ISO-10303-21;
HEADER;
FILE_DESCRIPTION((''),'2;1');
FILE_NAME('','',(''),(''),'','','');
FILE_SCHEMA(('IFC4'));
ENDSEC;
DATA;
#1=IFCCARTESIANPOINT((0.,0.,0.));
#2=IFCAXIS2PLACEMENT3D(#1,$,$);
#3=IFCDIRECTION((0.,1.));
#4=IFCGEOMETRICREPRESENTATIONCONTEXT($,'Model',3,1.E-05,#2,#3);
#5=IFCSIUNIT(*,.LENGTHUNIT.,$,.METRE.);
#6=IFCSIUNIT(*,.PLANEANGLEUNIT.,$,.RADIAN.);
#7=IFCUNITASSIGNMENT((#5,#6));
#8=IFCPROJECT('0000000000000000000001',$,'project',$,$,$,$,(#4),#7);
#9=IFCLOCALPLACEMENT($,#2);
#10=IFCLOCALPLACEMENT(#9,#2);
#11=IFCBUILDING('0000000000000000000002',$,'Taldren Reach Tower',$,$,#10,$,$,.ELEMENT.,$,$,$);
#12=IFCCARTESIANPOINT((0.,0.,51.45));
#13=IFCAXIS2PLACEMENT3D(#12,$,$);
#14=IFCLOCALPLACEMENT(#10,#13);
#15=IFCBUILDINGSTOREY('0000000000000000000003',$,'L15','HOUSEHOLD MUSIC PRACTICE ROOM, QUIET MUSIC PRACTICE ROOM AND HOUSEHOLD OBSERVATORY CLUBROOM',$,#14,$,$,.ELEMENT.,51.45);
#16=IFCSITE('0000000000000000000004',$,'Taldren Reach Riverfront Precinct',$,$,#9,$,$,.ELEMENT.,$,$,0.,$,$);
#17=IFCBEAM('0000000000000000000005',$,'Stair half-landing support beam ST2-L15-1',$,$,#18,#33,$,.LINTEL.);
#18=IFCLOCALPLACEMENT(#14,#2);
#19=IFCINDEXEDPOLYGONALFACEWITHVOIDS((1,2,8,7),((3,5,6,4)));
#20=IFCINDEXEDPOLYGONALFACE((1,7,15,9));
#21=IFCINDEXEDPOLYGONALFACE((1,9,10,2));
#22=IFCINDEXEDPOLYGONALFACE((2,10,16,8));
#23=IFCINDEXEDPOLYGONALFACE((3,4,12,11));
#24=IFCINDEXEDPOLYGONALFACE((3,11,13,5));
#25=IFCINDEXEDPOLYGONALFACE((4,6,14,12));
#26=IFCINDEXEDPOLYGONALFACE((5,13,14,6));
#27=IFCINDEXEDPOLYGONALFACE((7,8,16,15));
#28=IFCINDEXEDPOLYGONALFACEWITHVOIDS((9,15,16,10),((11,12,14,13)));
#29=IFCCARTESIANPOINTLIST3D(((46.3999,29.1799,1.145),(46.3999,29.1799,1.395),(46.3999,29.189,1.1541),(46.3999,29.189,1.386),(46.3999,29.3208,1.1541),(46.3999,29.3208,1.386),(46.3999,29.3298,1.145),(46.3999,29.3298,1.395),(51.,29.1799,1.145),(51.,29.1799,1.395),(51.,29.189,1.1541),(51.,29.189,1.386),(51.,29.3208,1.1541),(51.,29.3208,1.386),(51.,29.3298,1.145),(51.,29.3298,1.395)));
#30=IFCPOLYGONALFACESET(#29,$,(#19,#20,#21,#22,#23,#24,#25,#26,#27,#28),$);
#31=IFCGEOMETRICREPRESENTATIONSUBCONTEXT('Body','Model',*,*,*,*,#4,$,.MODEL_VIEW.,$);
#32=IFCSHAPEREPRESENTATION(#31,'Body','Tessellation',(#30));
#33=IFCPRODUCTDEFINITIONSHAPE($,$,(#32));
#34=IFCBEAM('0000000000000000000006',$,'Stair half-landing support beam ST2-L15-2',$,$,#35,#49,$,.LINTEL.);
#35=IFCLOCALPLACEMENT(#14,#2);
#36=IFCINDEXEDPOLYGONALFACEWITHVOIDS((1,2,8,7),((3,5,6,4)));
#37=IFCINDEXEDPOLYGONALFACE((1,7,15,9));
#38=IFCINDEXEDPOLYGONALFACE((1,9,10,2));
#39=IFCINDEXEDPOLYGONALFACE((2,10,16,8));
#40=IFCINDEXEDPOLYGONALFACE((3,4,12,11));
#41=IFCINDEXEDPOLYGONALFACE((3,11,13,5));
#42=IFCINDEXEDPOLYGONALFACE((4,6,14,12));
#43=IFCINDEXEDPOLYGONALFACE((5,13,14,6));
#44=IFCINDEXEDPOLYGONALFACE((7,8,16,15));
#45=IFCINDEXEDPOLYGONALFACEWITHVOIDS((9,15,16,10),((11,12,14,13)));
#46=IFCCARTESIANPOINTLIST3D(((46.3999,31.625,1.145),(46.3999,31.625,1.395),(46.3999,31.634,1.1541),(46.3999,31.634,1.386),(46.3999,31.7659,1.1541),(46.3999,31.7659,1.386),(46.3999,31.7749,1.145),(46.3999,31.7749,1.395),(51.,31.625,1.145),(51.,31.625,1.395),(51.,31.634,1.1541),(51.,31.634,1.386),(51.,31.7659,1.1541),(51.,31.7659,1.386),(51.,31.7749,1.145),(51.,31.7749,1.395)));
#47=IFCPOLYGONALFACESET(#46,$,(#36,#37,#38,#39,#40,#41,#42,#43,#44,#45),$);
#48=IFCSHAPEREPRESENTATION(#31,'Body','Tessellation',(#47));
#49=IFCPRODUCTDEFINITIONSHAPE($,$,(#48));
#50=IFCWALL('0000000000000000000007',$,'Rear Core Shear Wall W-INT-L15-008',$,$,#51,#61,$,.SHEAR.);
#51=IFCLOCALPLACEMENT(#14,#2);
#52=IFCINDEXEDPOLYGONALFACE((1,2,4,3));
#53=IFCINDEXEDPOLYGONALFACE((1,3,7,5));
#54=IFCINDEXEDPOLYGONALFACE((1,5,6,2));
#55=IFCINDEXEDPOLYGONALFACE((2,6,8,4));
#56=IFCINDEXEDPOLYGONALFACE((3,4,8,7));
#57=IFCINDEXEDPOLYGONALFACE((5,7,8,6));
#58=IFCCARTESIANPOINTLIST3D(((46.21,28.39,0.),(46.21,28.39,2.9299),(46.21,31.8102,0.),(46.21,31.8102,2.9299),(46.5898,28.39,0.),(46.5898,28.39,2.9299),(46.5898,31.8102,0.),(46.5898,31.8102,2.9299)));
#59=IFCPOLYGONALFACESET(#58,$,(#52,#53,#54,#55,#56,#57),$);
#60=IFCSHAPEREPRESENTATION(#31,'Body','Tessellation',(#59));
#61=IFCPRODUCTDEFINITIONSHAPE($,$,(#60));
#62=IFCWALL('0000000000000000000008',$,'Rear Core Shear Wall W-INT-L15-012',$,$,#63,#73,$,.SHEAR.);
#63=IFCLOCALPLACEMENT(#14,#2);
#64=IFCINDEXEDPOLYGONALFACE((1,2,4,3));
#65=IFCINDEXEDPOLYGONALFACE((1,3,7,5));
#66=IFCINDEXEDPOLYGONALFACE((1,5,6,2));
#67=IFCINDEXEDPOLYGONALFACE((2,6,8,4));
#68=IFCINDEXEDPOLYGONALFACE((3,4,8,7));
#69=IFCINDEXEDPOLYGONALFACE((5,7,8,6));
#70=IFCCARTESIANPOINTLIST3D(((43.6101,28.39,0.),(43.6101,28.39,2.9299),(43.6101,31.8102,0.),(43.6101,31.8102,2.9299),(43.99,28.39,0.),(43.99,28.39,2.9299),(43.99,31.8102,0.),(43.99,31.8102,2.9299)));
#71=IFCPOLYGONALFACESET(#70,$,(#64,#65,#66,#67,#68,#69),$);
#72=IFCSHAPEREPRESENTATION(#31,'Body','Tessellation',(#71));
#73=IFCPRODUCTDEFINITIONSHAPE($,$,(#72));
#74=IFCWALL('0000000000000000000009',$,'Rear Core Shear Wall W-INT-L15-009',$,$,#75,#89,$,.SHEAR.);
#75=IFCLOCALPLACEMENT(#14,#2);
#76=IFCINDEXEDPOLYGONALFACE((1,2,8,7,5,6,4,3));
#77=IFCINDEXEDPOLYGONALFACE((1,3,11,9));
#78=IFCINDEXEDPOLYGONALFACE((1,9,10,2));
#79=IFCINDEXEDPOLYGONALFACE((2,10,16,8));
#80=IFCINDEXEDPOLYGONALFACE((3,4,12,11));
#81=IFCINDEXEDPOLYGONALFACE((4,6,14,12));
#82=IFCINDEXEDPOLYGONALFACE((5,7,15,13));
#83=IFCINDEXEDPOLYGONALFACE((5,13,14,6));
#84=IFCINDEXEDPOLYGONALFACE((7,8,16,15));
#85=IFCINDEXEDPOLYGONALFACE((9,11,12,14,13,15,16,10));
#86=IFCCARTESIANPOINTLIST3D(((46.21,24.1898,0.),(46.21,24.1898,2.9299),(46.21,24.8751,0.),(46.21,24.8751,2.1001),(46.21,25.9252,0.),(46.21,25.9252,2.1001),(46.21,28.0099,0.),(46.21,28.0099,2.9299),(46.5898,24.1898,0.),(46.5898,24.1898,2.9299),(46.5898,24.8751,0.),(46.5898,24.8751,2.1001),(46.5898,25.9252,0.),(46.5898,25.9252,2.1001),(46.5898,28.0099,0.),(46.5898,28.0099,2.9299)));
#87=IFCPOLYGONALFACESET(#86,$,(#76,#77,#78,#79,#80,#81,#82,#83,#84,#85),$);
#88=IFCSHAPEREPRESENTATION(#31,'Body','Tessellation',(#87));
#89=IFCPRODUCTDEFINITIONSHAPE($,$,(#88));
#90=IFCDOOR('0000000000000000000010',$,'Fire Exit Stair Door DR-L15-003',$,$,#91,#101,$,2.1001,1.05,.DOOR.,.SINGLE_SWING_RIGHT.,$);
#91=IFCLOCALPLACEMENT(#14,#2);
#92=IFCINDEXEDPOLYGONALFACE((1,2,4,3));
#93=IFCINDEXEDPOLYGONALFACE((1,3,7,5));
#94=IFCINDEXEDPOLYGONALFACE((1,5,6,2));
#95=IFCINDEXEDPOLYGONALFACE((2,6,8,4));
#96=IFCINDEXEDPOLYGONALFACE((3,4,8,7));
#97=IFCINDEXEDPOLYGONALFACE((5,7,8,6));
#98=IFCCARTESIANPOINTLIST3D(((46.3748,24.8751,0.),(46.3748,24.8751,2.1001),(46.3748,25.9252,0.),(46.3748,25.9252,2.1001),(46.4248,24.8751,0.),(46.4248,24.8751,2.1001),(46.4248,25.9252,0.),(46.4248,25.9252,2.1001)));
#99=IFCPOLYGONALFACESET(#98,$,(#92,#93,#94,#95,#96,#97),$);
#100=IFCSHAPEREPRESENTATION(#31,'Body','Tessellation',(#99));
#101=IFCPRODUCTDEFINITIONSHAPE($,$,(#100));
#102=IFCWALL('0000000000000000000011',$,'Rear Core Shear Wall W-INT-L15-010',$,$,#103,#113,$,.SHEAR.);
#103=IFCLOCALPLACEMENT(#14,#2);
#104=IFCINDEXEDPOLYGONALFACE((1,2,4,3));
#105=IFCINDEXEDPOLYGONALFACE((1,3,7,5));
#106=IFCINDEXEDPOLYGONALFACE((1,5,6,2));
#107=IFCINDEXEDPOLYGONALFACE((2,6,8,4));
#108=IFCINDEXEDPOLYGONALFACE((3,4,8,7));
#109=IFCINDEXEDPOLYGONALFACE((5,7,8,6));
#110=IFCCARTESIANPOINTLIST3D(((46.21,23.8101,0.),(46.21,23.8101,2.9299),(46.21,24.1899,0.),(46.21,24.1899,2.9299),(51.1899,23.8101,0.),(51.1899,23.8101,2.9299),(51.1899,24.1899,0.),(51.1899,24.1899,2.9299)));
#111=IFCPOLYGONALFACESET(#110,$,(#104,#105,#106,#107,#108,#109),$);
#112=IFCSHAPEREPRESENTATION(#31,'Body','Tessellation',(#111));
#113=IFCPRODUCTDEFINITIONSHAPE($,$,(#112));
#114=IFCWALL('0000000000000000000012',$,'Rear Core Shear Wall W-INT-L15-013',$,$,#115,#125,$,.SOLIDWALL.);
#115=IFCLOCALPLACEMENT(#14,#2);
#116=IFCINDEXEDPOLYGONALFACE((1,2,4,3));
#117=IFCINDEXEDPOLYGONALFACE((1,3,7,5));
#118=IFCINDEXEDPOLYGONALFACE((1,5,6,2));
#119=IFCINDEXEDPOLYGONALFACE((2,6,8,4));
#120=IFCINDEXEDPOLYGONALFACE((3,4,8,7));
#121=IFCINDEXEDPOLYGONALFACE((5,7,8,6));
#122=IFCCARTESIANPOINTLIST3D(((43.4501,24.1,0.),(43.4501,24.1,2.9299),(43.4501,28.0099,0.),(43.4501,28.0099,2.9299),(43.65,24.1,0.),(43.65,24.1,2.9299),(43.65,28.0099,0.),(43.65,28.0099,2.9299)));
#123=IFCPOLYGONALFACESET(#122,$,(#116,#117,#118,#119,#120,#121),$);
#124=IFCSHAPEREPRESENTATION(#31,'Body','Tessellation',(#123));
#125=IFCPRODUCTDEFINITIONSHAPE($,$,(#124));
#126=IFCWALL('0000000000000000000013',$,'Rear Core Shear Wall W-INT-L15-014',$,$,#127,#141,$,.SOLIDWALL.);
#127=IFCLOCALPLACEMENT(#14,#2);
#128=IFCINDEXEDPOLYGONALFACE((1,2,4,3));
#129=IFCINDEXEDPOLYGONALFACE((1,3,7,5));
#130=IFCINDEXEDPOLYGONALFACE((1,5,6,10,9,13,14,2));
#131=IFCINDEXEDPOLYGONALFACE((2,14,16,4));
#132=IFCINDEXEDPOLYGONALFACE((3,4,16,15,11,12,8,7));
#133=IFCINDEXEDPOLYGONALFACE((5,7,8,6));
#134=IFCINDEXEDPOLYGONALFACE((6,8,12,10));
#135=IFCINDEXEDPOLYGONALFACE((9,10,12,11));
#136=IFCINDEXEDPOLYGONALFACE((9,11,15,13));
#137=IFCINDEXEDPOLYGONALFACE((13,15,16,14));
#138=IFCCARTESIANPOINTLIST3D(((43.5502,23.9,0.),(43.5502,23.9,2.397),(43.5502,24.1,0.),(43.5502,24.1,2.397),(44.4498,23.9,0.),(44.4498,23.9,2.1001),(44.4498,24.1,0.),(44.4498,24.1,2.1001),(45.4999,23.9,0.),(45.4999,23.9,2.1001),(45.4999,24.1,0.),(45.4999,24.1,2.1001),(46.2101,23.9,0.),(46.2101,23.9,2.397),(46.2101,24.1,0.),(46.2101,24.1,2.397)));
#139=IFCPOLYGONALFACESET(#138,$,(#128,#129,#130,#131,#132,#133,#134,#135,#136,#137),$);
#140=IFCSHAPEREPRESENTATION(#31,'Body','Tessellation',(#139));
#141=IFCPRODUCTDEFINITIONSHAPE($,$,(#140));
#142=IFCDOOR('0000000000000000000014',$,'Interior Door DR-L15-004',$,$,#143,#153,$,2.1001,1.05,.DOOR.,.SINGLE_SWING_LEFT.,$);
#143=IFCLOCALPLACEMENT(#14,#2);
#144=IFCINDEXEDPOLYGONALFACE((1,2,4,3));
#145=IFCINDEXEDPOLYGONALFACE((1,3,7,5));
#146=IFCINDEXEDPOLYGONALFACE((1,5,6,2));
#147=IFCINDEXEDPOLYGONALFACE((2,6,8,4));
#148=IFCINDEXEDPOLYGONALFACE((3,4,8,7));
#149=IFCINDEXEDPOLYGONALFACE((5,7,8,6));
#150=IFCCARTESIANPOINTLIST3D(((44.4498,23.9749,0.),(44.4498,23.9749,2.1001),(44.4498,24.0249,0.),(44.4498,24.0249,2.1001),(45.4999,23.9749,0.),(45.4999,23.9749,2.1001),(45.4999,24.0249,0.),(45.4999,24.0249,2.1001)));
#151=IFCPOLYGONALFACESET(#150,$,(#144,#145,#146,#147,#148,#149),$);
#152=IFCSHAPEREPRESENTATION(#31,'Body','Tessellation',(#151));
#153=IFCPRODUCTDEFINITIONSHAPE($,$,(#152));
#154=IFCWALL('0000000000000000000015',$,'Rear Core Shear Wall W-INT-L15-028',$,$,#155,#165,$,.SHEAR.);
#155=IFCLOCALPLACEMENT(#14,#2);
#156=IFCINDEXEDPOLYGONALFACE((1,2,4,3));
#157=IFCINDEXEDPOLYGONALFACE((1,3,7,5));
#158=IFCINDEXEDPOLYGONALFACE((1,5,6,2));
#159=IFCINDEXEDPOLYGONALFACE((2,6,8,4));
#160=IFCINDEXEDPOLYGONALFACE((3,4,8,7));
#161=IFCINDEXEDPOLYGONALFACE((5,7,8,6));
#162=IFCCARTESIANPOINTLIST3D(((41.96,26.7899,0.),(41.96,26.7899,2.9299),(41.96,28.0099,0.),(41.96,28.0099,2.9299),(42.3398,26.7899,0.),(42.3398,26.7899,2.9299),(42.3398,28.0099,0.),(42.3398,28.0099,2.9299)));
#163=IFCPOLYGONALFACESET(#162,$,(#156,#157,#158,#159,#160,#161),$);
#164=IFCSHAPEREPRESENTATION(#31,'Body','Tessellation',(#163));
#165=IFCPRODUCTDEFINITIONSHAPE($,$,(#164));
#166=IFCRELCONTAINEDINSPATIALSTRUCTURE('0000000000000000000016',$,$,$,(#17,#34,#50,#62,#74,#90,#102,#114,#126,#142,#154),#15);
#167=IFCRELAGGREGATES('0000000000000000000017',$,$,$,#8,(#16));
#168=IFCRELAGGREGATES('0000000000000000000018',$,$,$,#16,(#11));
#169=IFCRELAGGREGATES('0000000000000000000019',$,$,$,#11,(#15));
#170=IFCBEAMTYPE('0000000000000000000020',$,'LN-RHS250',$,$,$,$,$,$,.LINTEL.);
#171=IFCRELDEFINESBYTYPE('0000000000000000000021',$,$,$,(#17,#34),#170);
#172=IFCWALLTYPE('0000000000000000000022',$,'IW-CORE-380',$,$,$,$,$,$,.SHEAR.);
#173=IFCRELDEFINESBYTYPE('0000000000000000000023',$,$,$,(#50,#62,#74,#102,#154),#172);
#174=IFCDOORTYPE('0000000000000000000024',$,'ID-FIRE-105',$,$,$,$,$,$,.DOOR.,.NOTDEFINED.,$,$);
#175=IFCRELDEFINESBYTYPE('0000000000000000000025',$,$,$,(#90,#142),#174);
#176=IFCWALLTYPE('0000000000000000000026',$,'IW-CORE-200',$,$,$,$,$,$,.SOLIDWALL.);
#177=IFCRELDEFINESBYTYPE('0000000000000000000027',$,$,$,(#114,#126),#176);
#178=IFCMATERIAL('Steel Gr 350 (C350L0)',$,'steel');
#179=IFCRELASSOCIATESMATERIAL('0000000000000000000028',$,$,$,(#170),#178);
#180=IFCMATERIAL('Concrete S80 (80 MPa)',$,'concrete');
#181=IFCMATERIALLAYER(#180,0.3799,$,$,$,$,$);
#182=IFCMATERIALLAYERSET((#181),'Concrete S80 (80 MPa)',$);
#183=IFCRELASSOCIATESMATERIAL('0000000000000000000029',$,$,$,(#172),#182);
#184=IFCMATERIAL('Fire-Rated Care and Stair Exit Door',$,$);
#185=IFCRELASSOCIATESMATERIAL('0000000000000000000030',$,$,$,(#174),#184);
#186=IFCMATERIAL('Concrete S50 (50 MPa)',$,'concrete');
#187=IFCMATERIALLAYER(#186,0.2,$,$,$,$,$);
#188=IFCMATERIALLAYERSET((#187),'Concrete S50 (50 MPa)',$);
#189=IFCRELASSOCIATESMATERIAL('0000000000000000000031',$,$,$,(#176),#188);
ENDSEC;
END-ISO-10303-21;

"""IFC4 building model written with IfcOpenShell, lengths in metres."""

from ifc_helpers import new_model, si_unit, direction, frame, frame_2d, origin, origin_2d, place, context, subcontext, project, spatial, rectangle, hollow_rectangle, extrude, source, transform, mapped, material, layer, layer_set, material_profile, profile_set, type_object, element, fill, save


model = new_model("IFC4")

# Units and contexts
model_context = context("Model", 3, precision=1e-05, world=origin(), true_north=direction((0.0, 1.0)))
body_context = subcontext(model_context, "Body", "Model", "MODEL_VIEW")
ifc_project = project(units=[si_unit("LENGTHUNIT", "METRE"), si_unit("PLANEANGLEUNIT", "RADIAN")], contexts=[model_context])

# Site, building, storey
site_placement = place(None, origin())
site = spatial("IfcSite", under=ifc_project, at=site_placement, Name="Taldren Reach Riverfront Precinct", CompositionType="ELEMENT", RefElevation=0.0)
building_placement = place(site_placement, origin())
building = spatial("IfcBuilding", under=site, at=building_placement, Name="Taldren Reach Tower", CompositionType="ELEMENT")
storey_placement = place(building_placement, frame((0.0, 0.0, 51.45)))
storey = spatial("IfcBuildingStorey", under=building, at=storey_placement, Name="L15", Description="HOUSEHOLD MUSIC PRACTICE ROOM, QUIET MUSIC PRACTICE ROOM AND HOUSEHOLD OBSERVATORY CLUBROOM", CompositionType="ELEMENT", Elevation=51.45)

# Beams
ifc_material_1 = material(Name="Steel Gr 350 (C350L0)", Category="steel")
ifc_material_profile = material_profile(ifc_material_1, hollow_rectangle(XDim=0.1499, YDim=0.25, WallThickness=0.009, at=origin_2d()), Name="250x150x9.0RHS")
ifc_profile_set = profile_set([ifc_material_profile], Name="Steel Gr 350 (C350L0)")
beam_type = type_object("IfcBeamType", Name="LN-RHS250", PredefinedType="LINTEL", material=ifc_profile_set)
shared_shape_1 = source(origin(), body_context, "Body", "SweptSolid", [
    extrude(hollow_rectangle(XDim=0.1499, YDim=0.25, WallThickness=0.009, at=origin_2d()), origin(), (0.0, 0.0, 1.0), 4.6001),
])
for number, where, z_axis, x_axis, name in (
    (1, (46.3999, 29.2549, 1.27), (1.0, 0.0, 0.0), (0.0, 1.0, 0.0), "Stair half-landing support beam ST2-L15-1"),
    (2, (46.3999, 31.7, 1.27), (1.0, 0.0, 0.0), (0.0, 1.0, 0.0), "Stair half-landing support beam ST2-L15-2"),
):
    element("IfcBeam", number, at=place(storey_placement, frame(where, z_axis=z_axis, x_axis=x_axis)), inside=storey, type_object=beam_type, Name=name, PredefinedType="LINTEL", context=body_context, shape_type="MappedRepresentation", body=[
        mapped(shared_shape_1, transform((0.0, 0.0, 0.0), scale=1.0)),
    ])

# Walls
ifc_material_2 = material(Name="Concrete S80 (80 MPa)", Category="concrete")
ifc_layer_1 = layer(ifc_material_2, 0.3799)
ifc_layer_set_1 = layer_set([ifc_layer_1], Name="Concrete S80 (80 MPa)")
wall_type_1 = type_object("IfcWallType", Name="IW-CORE-380", PredefinedType="SHEAR", material=ifc_layer_set_1)
shared_shape_2 = source(origin(), body_context, "Body", "SweptSolid", [
    extrude(rectangle(XDim=3.4202, YDim=0.3799, at=frame_2d((1.71, 0.0))), origin(), (0.0, 0.0, 1.0), 2.9299),
])
for number, where, z_axis, x_axis, name in (
    (3, (46.3999, 31.8101, 0.0), (0.0, 0.0, 1.0), (0.0, -1.0, 0.0), "Rear Core Shear Wall W-INT-L15-008"),
    (4, (43.8, 31.8101, 0.0), (0.0, 0.0, 1.0), (0.0, -1.0, 0.0), "Rear Core Shear Wall W-INT-L15-012"),
):
    element("IfcWall", number, at=place(storey_placement, frame(where, z_axis=z_axis, x_axis=x_axis)), inside=storey, type_object=wall_type_1, Name=name, PredefinedType="SHEAR", context=body_context, shape_type="MappedRepresentation", body=[
        mapped(shared_shape_2, transform((0.0, 0.0, 0.0), scale=1.0)),
    ])

# Wall, opening, door
shared_shape_3 = source(origin(), body_context, "Body", "SweptSolid", [
    extrude(rectangle(XDim=3.8201, YDim=0.3799, at=frame_2d((1.9102, 0.0))), origin(), (0.0, 0.0, 1.0), 2.9299),
])
wall_1_placement = place(storey_placement, frame((46.3999, 28.01, 0.0), z_axis=(0.0, 0.0, 1.0), x_axis=(0.0, -1.0, 0.0)))
wall_1 = element("IfcWall", 5, at=wall_1_placement, inside=storey, type_object=wall_type_1, Name="Rear Core Shear Wall W-INT-L15-009", PredefinedType="SHEAR", context=body_context, shape_type="MappedRepresentation", body=[
    mapped(shared_shape_3, transform((0.0, 0.0, 0.0), scale=1.0)),
])
shared_shape_4 = source(origin(), body_context, "Body", "SweptSolid", [
    extrude(rectangle(XDim=1.05, YDim=2.1001, at=frame_2d((0.5249, 1.05))), frame((0.0, 0.2, 0.0), z_axis=(0.0, -1.0, 0.0), x_axis=(1.0, 0.0, 0.0)), (0.0, 0.0, 1.0), 0.3999),
])
opening_1_placement = place(wall_1_placement, frame((2.085, 0.0, 0.0)))
opening_1 = element("IfcOpeningElement", 6, at=opening_1_placement, cuts=wall_1, PredefinedType="OPENING", context=body_context, shape_type="MappedRepresentation", body=[
    mapped(shared_shape_4, transform((0.0, 0.0, 0.0), scale=1.0)),
])
ifc_material_3 = material(Name="Fire-Rated Care and Stair Exit Door")
door_type_1 = type_object("IfcDoorType", Name="ID-FIRE-105", OperationType="NOTDEFINED", PredefinedType="DOOR", material=ifc_material_3)
shared_shape_5 = source(origin(), body_context, "Body", "SweptSolid", [
    extrude(rectangle(XDim=1.05, YDim=2.1001, at=frame_2d((0.5249, 1.05))), frame((0.0, 0.0249, 0.0), z_axis=(0.0, -1.0, 0.0), x_axis=(1.0, 0.0, 0.0)), (0.0, 0.0, 1.0), 0.05),
])
door_1_placement = place(opening_1_placement, origin())
door_1 = element("IfcDoor", 7, at=door_1_placement, inside=storey, type_object=door_type_1, Name="Fire Exit Stair Door DR-L15-003", OperationType="SINGLE_SWING_RIGHT", OverallHeight=2.1001, OverallWidth=1.05, PredefinedType="DOOR", context=body_context, shape_type="MappedRepresentation", body=[
    mapped(shared_shape_5, transform((0.0, 0.0, 0.0), scale=1.0)),
])
fill(opening_1, door_1)

# Wall
shared_shape_6 = source(origin(), body_context, "Body", "SweptSolid", [
    extrude(rectangle(XDim=4.98, YDim=0.3799, at=frame_2d((2.49, 0.0))), origin(), (0.0, 0.0, 1.0), 2.9299),
])
wall_2_placement = place(storey_placement, frame((46.21, 24.0, 0.0), z_axis=(0.0, 0.0, 1.0), x_axis=(1.0, 0.0, 0.0)))
element("IfcWall", 8, at=wall_2_placement, inside=storey, type_object=wall_type_1, Name="Rear Core Shear Wall W-INT-L15-010", PredefinedType="SHEAR", context=body_context, shape_type="MappedRepresentation", body=[
    mapped(shared_shape_6, transform((0.0, 0.0, 0.0), scale=1.0)),
])

# Wall
ifc_material_4 = material(Name="Concrete S50 (50 MPa)", Category="concrete")
ifc_layer_2 = layer(ifc_material_4, 0.2)
ifc_layer_set_2 = layer_set([ifc_layer_2], Name="Concrete S50 (50 MPa)")
wall_type_2 = type_object("IfcWallType", Name="IW-CORE-200", PredefinedType="SOLIDWALL", material=ifc_layer_set_2)
shared_shape_7 = source(origin(), body_context, "Body", "SweptSolid", [
    extrude(rectangle(XDim=3.9099, YDim=0.2, at=frame_2d((1.9551, 0.0))), origin(), (0.0, 0.0, 1.0), 2.9299),
])
wall_3_placement = place(storey_placement, frame((43.55, 28.01, 0.0), z_axis=(0.0, 0.0, 1.0), x_axis=(0.0, -1.0, 0.0)))
element("IfcWall", 9, at=wall_3_placement, inside=storey, type_object=wall_type_2, Name="Rear Core Shear Wall W-INT-L15-013", PredefinedType="SOLIDWALL", context=body_context, shape_type="MappedRepresentation", body=[
    mapped(shared_shape_7, transform((0.0, 0.0, 0.0), scale=1.0)),
])

# Wall, opening, door
shared_shape_8 = source(origin(), body_context, "Body", "SweptSolid", [
    extrude(rectangle(XDim=2.6599, YDim=0.2, at=frame_2d((1.3301, 0.0))), origin(), (0.0, 0.0, 1.0), 2.397),
])
wall_4_placement = place(storey_placement, frame((43.55, 24.0, 0.0), z_axis=(0.0, 0.0, 1.0), x_axis=(1.0, 0.0, 0.0)))
wall_4 = element("IfcWall", 10, at=wall_4_placement, inside=storey, type_object=wall_type_2, Name="Rear Core Shear Wall W-INT-L15-014", PredefinedType="SOLIDWALL", context=body_context, shape_type="MappedRepresentation", body=[
    mapped(shared_shape_8, transform((0.0, 0.0, 0.0), scale=1.0)),
])
shared_shape_9 = source(origin(), body_context, "Body", "SweptSolid", [
    extrude(rectangle(XDim=1.05, YDim=2.1001, at=frame_2d((0.5249, 1.05))), frame((0.0, 0.1099, 0.0), z_axis=(0.0, -1.0, 0.0), x_axis=(1.0, 0.0, 0.0)), (0.0, 0.0, 1.0), 0.22),
])
opening_2_placement = place(wall_4_placement, frame((0.8999, 0.0, 0.0)))
opening_2 = element("IfcOpeningElement", 11, at=opening_2_placement, cuts=wall_4, PredefinedType="OPENING", context=body_context, shape_type="MappedRepresentation", body=[
    mapped(shared_shape_9, transform((0.0, 0.0, 0.0), scale=1.0)),
])
door_2_placement = place(opening_2_placement, origin())
door_2 = element("IfcDoor", 12, at=door_2_placement, inside=storey, type_object=door_type_1, Name="Interior Door DR-L15-004", OperationType="SINGLE_SWING_LEFT", OverallHeight=2.1001, OverallWidth=1.05, PredefinedType="DOOR", context=body_context, shape_type="MappedRepresentation", body=[
    mapped(shared_shape_5, transform((0.0, 0.0, 0.0), scale=1.0)),
])
fill(opening_2, door_2)

# Wall
shared_shape_10 = source(origin(), body_context, "Body", "SweptSolid", [
    extrude(rectangle(XDim=1.22, YDim=0.3799, at=frame_2d((0.6099, 0.0))), origin(), (0.0, 0.0, 1.0), 2.9299),
])
wall_5_placement = place(storey_placement, frame((42.1499, 26.79, 0.0), z_axis=(0.0, 0.0, 1.0), x_axis=(0.0, 1.0, 0.0)))
element("IfcWall", 13, at=wall_5_placement, inside=storey, type_object=wall_type_1, Name="Rear Core Shear Wall W-INT-L15-028", PredefinedType="SHEAR", context=body_context, shape_type="MappedRepresentation", body=[
    mapped(shared_shape_10, transform((0.0, 0.0, 0.0), scale=1.0)),
])

save(model, "model.ifc")
